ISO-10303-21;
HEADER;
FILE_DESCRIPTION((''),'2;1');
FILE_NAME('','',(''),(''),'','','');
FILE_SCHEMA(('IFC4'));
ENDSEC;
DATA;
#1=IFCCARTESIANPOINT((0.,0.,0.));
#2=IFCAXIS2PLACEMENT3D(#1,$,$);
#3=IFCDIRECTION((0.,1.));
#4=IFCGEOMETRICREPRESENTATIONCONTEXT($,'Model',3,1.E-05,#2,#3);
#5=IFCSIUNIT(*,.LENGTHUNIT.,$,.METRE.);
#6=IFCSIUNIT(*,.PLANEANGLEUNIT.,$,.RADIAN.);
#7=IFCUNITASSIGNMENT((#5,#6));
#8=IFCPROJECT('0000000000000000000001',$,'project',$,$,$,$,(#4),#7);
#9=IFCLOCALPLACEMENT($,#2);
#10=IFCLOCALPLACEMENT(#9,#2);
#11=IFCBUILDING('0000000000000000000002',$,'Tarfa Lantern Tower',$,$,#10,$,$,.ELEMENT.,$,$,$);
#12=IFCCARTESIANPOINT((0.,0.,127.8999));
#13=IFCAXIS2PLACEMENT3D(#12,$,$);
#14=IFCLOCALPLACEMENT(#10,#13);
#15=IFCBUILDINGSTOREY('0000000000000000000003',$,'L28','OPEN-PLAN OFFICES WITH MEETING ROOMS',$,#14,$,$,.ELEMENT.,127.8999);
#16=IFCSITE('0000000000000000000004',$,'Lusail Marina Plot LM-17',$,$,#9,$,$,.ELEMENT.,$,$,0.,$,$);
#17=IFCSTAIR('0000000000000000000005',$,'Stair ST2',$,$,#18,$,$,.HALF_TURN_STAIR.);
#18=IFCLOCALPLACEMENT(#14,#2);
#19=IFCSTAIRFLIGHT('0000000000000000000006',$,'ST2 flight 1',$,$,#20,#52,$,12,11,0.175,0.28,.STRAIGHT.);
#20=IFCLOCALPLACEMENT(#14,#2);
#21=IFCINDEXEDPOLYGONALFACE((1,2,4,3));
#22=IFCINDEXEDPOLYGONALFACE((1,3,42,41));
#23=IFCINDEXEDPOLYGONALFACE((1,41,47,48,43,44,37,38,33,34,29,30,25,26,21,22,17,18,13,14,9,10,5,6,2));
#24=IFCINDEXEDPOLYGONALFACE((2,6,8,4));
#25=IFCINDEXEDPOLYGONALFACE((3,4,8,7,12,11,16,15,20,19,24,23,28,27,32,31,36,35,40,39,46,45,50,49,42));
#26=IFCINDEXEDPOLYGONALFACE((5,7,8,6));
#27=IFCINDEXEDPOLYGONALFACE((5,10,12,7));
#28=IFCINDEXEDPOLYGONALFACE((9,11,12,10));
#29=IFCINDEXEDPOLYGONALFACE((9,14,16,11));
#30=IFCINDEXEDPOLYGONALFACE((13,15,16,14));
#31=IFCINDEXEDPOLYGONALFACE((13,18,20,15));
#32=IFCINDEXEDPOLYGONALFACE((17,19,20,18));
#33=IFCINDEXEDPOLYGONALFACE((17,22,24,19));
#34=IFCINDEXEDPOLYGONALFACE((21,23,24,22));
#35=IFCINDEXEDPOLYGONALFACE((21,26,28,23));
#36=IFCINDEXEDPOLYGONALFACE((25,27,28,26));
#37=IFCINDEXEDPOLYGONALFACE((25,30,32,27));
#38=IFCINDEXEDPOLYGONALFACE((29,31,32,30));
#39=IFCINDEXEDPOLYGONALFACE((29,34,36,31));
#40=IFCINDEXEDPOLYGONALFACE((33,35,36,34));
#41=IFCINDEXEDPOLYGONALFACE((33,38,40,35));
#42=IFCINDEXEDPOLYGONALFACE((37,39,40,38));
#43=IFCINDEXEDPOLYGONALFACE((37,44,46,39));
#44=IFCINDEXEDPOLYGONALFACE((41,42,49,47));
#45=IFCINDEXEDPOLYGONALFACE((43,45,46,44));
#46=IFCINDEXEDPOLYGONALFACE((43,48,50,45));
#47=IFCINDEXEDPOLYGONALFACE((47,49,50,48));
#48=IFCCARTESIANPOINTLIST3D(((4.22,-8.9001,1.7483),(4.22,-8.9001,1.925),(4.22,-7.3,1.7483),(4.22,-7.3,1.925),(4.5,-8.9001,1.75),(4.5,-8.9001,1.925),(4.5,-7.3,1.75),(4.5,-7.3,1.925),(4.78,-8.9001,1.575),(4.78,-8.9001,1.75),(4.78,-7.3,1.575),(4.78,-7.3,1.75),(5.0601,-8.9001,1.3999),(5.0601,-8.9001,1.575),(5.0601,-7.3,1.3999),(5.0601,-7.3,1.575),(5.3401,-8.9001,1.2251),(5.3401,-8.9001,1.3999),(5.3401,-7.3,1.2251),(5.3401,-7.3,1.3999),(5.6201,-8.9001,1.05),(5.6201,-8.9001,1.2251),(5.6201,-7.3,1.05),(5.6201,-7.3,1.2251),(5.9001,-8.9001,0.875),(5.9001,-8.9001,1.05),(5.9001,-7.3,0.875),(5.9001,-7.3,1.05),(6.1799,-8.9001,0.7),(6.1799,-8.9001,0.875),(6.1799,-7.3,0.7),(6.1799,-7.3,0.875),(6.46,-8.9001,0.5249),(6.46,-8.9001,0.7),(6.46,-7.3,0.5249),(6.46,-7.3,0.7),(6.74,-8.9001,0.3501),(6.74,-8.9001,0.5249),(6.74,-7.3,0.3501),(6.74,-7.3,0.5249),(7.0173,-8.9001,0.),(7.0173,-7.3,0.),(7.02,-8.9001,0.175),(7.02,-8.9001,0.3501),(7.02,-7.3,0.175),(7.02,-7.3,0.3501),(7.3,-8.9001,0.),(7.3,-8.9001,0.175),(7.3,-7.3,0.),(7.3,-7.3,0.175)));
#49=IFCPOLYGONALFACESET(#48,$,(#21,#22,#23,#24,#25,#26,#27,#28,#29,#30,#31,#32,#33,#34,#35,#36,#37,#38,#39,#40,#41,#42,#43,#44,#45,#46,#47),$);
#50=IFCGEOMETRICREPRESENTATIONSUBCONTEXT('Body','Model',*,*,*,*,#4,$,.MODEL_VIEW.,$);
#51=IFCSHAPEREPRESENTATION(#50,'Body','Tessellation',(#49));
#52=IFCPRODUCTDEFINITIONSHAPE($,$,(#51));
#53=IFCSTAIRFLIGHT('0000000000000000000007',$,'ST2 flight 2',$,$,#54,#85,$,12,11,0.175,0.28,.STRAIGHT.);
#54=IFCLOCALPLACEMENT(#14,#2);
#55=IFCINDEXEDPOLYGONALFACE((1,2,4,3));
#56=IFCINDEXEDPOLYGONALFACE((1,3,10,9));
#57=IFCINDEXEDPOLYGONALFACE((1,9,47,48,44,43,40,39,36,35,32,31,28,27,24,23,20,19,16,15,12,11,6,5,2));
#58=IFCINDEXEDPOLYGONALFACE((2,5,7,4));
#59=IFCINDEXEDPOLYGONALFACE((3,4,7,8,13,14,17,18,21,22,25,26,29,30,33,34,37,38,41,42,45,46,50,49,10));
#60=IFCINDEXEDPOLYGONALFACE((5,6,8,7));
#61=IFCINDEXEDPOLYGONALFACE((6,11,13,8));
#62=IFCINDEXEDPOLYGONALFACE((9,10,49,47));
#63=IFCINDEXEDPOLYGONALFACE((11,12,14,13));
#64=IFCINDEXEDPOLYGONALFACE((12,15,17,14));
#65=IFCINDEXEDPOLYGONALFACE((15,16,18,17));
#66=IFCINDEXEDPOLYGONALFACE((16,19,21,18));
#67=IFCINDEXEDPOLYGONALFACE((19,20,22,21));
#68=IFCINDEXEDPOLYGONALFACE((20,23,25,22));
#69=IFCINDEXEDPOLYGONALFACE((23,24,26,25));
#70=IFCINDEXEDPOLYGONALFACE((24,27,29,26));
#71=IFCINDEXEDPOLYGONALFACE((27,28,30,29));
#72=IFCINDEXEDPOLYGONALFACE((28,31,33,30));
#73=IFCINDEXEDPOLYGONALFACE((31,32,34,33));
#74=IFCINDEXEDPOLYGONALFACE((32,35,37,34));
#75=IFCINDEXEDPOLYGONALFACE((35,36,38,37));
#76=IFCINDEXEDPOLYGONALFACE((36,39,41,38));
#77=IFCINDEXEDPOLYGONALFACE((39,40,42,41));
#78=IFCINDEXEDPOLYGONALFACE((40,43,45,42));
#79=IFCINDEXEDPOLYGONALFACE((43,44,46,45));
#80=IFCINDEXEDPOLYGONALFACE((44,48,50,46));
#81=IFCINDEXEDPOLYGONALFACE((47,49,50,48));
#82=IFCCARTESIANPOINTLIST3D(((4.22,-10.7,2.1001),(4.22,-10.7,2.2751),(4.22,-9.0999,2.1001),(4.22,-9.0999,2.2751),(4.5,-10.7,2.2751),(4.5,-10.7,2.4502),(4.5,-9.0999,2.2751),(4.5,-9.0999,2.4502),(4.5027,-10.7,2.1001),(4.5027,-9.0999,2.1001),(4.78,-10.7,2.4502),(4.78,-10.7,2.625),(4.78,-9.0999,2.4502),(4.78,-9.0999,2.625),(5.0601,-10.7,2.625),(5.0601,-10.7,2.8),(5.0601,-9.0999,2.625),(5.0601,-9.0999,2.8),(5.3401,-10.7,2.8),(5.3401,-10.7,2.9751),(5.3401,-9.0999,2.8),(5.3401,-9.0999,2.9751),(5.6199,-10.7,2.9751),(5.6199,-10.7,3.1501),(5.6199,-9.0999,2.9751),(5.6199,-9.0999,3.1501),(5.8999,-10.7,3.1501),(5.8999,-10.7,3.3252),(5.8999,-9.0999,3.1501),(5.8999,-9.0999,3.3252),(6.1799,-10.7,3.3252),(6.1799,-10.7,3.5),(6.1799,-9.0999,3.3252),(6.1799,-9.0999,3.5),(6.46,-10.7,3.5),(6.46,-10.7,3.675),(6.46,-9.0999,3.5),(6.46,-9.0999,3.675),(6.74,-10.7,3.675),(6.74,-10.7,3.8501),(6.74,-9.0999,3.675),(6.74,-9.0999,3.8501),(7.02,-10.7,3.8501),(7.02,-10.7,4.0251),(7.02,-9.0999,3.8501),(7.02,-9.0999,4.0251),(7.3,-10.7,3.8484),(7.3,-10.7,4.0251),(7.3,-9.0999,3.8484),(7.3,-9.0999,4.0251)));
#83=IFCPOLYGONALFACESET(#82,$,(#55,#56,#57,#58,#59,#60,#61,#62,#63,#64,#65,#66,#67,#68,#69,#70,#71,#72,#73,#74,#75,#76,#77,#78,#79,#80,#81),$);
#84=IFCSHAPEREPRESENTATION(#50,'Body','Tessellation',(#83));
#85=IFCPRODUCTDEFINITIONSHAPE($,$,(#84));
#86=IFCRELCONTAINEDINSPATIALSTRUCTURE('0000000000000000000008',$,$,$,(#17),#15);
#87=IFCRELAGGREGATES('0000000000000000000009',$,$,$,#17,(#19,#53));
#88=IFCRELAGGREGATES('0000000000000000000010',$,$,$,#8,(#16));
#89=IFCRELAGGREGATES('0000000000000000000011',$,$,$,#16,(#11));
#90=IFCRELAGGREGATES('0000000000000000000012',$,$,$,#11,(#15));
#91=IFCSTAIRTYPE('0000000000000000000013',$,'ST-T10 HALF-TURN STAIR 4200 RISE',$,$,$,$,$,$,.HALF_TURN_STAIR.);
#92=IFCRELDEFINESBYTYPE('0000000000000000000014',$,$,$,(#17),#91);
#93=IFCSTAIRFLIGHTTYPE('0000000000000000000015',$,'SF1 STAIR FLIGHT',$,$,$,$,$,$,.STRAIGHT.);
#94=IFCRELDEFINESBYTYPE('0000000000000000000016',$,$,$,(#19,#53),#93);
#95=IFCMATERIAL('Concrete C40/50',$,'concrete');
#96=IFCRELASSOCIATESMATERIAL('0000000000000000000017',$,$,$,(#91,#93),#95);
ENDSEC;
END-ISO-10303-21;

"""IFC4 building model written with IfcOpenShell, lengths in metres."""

from ifc_helpers import new_model, si_unit, direction, frame, origin, place, context, subcontext, project, spatial, polyline, outline, extrude, material, type_object, element, aggregate, save


model = new_model("IFC4")

# Units and contexts
model_context = context("Model", 3, precision=1e-05, world=origin(), true_north=direction((0.0, 1.0)))
body_context = subcontext(model_context, "Body", "Model", "MODEL_VIEW")
ifc_project = project(units=[si_unit("LENGTHUNIT", "METRE"), si_unit("PLANEANGLEUNIT", "RADIAN")], contexts=[model_context])

# Site, building, storey
site_placement = place(None, origin())
site = spatial("IfcSite", under=ifc_project, at=site_placement, Name="Lusail Marina Plot LM-17", CompositionType="ELEMENT", RefElevation=0.0)
building_placement = place(site_placement, origin())
building = spatial("IfcBuilding", under=site, at=building_placement, Name="Tarfa Lantern Tower", CompositionType="ELEMENT")
storey_placement = place(building_placement, frame((0.0, 0.0, 127.8999)))
storey = spatial("IfcBuildingStorey", under=building, at=storey_placement, Name="L28", Description="OPEN-PLAN OFFICES WITH MEETING ROOMS", CompositionType="ELEMENT", Elevation=127.8999)

# Stair, stair flights
ifc_material_1 = material(Name="Concrete C40/50", Category="concrete")
stair_type = type_object("IfcStairType", Name="ST-T10 HALF-TURN STAIR 4200 RISE", PredefinedType="HALF_TURN_STAIR", material=ifc_material_1)
stair_placement = place(storey_placement, origin())
stair = element("IfcStair", 1, at=stair_placement, inside=storey, type_object=stair_type, Name="Stair ST2", PredefinedType="HALF_TURN_STAIR")
stair_flight_type = type_object("IfcStairFlightType", Name="SF1 STAIR FLIGHT", PredefinedType="STRAIGHT", material=ifc_material_1)
stair_flight_1_placement = place(storey_placement, frame((7.3, -8.1001, 0.0), z_axis=(0.0, 0.0, 1.0), x_axis=(-1.0, 0.0, 0.0)))
stair_flight_1 = element("IfcStairFlight", 2, at=stair_flight_1_placement, type_object=stair_flight_type, Name="ST2 flight 1", NumberOfRisers=12, NumberOfTreads=11, PredefinedType="STRAIGHT", RiserHeight=0.175, TreadLength=0.28, context=body_context, shape_type="SweptSolid", body=[
    extrude(outline(polyline([(0.0, 0.0), (0.0, 0.175), (0.28, 0.175), (0.28, 0.3501), (0.5601, 0.3501), (0.5601, 0.5249), (0.8401, 0.5249), (0.8401, 0.7), (1.1201, 0.7), (1.1201, 0.875), (1.3999, 0.875), (1.3999, 1.05), (1.6799, 1.05), (1.6799, 1.2251), (1.96, 1.2251), (1.96, 1.3999), (2.24, 1.3999), (2.24, 1.575), (2.52, 1.575), (2.52, 1.75), (2.8, 1.75), (2.8, 1.925), (3.0801, 1.925), (3.0801, 2.1001), (3.0801, 1.7483), (0.2827, 0.0), (0.0, 0.0)])), frame((0.0, 0.8, 0.0), z_axis=(0.0, -1.0, 0.0), x_axis=(1.0, 0.0, 0.0)), (0.0, 0.0, 1.0), 1.6001),
])
stair_flight_2_placement = place(storey_placement, frame((4.22, -9.8999, 2.1001), z_axis=(0.0, 0.0, 1.0), x_axis=(1.0, 0.0, 0.0)))
stair_flight_2 = element("IfcStairFlight", 3, at=stair_flight_2_placement, type_object=stair_flight_type, Name="ST2 flight 2", NumberOfRisers=12, NumberOfTreads=11, PredefinedType="STRAIGHT", RiserHeight=0.175, TreadLength=0.28, context=body_context, shape_type="SweptSolid", body=[
    extrude(outline(polyline([(0.0, 0.0), (0.0, 0.175), (0.28, 0.175), (0.28, 0.3501), (0.5601, 0.3501), (0.5601, 0.5249), (0.8401, 0.5249), (0.8401, 0.7), (1.1201, 0.7), (1.1201, 0.875), (1.3999, 0.875), (1.3999, 1.05), (1.6799, 1.05), (1.6799, 1.2251), (1.96, 1.2251), (1.96, 1.3999), (2.24, 1.3999), (2.24, 1.575), (2.52, 1.575), (2.52, 1.75), (2.8, 1.75), (2.8, 1.925), (3.0801, 1.925), (3.0801, 2.1001), (3.0801, 1.7483), (0.2827, 0.0), (0.0, 0.0)])), frame((0.0, 0.8, 0.0), z_axis=(0.0, -1.0, 0.0), x_axis=(1.0, 0.0, 0.0)), (0.0, 0.0, 1.0), 1.6001),
])
aggregate(stair, [stair_flight_1, stair_flight_2])

save(model, "model.ifc")
